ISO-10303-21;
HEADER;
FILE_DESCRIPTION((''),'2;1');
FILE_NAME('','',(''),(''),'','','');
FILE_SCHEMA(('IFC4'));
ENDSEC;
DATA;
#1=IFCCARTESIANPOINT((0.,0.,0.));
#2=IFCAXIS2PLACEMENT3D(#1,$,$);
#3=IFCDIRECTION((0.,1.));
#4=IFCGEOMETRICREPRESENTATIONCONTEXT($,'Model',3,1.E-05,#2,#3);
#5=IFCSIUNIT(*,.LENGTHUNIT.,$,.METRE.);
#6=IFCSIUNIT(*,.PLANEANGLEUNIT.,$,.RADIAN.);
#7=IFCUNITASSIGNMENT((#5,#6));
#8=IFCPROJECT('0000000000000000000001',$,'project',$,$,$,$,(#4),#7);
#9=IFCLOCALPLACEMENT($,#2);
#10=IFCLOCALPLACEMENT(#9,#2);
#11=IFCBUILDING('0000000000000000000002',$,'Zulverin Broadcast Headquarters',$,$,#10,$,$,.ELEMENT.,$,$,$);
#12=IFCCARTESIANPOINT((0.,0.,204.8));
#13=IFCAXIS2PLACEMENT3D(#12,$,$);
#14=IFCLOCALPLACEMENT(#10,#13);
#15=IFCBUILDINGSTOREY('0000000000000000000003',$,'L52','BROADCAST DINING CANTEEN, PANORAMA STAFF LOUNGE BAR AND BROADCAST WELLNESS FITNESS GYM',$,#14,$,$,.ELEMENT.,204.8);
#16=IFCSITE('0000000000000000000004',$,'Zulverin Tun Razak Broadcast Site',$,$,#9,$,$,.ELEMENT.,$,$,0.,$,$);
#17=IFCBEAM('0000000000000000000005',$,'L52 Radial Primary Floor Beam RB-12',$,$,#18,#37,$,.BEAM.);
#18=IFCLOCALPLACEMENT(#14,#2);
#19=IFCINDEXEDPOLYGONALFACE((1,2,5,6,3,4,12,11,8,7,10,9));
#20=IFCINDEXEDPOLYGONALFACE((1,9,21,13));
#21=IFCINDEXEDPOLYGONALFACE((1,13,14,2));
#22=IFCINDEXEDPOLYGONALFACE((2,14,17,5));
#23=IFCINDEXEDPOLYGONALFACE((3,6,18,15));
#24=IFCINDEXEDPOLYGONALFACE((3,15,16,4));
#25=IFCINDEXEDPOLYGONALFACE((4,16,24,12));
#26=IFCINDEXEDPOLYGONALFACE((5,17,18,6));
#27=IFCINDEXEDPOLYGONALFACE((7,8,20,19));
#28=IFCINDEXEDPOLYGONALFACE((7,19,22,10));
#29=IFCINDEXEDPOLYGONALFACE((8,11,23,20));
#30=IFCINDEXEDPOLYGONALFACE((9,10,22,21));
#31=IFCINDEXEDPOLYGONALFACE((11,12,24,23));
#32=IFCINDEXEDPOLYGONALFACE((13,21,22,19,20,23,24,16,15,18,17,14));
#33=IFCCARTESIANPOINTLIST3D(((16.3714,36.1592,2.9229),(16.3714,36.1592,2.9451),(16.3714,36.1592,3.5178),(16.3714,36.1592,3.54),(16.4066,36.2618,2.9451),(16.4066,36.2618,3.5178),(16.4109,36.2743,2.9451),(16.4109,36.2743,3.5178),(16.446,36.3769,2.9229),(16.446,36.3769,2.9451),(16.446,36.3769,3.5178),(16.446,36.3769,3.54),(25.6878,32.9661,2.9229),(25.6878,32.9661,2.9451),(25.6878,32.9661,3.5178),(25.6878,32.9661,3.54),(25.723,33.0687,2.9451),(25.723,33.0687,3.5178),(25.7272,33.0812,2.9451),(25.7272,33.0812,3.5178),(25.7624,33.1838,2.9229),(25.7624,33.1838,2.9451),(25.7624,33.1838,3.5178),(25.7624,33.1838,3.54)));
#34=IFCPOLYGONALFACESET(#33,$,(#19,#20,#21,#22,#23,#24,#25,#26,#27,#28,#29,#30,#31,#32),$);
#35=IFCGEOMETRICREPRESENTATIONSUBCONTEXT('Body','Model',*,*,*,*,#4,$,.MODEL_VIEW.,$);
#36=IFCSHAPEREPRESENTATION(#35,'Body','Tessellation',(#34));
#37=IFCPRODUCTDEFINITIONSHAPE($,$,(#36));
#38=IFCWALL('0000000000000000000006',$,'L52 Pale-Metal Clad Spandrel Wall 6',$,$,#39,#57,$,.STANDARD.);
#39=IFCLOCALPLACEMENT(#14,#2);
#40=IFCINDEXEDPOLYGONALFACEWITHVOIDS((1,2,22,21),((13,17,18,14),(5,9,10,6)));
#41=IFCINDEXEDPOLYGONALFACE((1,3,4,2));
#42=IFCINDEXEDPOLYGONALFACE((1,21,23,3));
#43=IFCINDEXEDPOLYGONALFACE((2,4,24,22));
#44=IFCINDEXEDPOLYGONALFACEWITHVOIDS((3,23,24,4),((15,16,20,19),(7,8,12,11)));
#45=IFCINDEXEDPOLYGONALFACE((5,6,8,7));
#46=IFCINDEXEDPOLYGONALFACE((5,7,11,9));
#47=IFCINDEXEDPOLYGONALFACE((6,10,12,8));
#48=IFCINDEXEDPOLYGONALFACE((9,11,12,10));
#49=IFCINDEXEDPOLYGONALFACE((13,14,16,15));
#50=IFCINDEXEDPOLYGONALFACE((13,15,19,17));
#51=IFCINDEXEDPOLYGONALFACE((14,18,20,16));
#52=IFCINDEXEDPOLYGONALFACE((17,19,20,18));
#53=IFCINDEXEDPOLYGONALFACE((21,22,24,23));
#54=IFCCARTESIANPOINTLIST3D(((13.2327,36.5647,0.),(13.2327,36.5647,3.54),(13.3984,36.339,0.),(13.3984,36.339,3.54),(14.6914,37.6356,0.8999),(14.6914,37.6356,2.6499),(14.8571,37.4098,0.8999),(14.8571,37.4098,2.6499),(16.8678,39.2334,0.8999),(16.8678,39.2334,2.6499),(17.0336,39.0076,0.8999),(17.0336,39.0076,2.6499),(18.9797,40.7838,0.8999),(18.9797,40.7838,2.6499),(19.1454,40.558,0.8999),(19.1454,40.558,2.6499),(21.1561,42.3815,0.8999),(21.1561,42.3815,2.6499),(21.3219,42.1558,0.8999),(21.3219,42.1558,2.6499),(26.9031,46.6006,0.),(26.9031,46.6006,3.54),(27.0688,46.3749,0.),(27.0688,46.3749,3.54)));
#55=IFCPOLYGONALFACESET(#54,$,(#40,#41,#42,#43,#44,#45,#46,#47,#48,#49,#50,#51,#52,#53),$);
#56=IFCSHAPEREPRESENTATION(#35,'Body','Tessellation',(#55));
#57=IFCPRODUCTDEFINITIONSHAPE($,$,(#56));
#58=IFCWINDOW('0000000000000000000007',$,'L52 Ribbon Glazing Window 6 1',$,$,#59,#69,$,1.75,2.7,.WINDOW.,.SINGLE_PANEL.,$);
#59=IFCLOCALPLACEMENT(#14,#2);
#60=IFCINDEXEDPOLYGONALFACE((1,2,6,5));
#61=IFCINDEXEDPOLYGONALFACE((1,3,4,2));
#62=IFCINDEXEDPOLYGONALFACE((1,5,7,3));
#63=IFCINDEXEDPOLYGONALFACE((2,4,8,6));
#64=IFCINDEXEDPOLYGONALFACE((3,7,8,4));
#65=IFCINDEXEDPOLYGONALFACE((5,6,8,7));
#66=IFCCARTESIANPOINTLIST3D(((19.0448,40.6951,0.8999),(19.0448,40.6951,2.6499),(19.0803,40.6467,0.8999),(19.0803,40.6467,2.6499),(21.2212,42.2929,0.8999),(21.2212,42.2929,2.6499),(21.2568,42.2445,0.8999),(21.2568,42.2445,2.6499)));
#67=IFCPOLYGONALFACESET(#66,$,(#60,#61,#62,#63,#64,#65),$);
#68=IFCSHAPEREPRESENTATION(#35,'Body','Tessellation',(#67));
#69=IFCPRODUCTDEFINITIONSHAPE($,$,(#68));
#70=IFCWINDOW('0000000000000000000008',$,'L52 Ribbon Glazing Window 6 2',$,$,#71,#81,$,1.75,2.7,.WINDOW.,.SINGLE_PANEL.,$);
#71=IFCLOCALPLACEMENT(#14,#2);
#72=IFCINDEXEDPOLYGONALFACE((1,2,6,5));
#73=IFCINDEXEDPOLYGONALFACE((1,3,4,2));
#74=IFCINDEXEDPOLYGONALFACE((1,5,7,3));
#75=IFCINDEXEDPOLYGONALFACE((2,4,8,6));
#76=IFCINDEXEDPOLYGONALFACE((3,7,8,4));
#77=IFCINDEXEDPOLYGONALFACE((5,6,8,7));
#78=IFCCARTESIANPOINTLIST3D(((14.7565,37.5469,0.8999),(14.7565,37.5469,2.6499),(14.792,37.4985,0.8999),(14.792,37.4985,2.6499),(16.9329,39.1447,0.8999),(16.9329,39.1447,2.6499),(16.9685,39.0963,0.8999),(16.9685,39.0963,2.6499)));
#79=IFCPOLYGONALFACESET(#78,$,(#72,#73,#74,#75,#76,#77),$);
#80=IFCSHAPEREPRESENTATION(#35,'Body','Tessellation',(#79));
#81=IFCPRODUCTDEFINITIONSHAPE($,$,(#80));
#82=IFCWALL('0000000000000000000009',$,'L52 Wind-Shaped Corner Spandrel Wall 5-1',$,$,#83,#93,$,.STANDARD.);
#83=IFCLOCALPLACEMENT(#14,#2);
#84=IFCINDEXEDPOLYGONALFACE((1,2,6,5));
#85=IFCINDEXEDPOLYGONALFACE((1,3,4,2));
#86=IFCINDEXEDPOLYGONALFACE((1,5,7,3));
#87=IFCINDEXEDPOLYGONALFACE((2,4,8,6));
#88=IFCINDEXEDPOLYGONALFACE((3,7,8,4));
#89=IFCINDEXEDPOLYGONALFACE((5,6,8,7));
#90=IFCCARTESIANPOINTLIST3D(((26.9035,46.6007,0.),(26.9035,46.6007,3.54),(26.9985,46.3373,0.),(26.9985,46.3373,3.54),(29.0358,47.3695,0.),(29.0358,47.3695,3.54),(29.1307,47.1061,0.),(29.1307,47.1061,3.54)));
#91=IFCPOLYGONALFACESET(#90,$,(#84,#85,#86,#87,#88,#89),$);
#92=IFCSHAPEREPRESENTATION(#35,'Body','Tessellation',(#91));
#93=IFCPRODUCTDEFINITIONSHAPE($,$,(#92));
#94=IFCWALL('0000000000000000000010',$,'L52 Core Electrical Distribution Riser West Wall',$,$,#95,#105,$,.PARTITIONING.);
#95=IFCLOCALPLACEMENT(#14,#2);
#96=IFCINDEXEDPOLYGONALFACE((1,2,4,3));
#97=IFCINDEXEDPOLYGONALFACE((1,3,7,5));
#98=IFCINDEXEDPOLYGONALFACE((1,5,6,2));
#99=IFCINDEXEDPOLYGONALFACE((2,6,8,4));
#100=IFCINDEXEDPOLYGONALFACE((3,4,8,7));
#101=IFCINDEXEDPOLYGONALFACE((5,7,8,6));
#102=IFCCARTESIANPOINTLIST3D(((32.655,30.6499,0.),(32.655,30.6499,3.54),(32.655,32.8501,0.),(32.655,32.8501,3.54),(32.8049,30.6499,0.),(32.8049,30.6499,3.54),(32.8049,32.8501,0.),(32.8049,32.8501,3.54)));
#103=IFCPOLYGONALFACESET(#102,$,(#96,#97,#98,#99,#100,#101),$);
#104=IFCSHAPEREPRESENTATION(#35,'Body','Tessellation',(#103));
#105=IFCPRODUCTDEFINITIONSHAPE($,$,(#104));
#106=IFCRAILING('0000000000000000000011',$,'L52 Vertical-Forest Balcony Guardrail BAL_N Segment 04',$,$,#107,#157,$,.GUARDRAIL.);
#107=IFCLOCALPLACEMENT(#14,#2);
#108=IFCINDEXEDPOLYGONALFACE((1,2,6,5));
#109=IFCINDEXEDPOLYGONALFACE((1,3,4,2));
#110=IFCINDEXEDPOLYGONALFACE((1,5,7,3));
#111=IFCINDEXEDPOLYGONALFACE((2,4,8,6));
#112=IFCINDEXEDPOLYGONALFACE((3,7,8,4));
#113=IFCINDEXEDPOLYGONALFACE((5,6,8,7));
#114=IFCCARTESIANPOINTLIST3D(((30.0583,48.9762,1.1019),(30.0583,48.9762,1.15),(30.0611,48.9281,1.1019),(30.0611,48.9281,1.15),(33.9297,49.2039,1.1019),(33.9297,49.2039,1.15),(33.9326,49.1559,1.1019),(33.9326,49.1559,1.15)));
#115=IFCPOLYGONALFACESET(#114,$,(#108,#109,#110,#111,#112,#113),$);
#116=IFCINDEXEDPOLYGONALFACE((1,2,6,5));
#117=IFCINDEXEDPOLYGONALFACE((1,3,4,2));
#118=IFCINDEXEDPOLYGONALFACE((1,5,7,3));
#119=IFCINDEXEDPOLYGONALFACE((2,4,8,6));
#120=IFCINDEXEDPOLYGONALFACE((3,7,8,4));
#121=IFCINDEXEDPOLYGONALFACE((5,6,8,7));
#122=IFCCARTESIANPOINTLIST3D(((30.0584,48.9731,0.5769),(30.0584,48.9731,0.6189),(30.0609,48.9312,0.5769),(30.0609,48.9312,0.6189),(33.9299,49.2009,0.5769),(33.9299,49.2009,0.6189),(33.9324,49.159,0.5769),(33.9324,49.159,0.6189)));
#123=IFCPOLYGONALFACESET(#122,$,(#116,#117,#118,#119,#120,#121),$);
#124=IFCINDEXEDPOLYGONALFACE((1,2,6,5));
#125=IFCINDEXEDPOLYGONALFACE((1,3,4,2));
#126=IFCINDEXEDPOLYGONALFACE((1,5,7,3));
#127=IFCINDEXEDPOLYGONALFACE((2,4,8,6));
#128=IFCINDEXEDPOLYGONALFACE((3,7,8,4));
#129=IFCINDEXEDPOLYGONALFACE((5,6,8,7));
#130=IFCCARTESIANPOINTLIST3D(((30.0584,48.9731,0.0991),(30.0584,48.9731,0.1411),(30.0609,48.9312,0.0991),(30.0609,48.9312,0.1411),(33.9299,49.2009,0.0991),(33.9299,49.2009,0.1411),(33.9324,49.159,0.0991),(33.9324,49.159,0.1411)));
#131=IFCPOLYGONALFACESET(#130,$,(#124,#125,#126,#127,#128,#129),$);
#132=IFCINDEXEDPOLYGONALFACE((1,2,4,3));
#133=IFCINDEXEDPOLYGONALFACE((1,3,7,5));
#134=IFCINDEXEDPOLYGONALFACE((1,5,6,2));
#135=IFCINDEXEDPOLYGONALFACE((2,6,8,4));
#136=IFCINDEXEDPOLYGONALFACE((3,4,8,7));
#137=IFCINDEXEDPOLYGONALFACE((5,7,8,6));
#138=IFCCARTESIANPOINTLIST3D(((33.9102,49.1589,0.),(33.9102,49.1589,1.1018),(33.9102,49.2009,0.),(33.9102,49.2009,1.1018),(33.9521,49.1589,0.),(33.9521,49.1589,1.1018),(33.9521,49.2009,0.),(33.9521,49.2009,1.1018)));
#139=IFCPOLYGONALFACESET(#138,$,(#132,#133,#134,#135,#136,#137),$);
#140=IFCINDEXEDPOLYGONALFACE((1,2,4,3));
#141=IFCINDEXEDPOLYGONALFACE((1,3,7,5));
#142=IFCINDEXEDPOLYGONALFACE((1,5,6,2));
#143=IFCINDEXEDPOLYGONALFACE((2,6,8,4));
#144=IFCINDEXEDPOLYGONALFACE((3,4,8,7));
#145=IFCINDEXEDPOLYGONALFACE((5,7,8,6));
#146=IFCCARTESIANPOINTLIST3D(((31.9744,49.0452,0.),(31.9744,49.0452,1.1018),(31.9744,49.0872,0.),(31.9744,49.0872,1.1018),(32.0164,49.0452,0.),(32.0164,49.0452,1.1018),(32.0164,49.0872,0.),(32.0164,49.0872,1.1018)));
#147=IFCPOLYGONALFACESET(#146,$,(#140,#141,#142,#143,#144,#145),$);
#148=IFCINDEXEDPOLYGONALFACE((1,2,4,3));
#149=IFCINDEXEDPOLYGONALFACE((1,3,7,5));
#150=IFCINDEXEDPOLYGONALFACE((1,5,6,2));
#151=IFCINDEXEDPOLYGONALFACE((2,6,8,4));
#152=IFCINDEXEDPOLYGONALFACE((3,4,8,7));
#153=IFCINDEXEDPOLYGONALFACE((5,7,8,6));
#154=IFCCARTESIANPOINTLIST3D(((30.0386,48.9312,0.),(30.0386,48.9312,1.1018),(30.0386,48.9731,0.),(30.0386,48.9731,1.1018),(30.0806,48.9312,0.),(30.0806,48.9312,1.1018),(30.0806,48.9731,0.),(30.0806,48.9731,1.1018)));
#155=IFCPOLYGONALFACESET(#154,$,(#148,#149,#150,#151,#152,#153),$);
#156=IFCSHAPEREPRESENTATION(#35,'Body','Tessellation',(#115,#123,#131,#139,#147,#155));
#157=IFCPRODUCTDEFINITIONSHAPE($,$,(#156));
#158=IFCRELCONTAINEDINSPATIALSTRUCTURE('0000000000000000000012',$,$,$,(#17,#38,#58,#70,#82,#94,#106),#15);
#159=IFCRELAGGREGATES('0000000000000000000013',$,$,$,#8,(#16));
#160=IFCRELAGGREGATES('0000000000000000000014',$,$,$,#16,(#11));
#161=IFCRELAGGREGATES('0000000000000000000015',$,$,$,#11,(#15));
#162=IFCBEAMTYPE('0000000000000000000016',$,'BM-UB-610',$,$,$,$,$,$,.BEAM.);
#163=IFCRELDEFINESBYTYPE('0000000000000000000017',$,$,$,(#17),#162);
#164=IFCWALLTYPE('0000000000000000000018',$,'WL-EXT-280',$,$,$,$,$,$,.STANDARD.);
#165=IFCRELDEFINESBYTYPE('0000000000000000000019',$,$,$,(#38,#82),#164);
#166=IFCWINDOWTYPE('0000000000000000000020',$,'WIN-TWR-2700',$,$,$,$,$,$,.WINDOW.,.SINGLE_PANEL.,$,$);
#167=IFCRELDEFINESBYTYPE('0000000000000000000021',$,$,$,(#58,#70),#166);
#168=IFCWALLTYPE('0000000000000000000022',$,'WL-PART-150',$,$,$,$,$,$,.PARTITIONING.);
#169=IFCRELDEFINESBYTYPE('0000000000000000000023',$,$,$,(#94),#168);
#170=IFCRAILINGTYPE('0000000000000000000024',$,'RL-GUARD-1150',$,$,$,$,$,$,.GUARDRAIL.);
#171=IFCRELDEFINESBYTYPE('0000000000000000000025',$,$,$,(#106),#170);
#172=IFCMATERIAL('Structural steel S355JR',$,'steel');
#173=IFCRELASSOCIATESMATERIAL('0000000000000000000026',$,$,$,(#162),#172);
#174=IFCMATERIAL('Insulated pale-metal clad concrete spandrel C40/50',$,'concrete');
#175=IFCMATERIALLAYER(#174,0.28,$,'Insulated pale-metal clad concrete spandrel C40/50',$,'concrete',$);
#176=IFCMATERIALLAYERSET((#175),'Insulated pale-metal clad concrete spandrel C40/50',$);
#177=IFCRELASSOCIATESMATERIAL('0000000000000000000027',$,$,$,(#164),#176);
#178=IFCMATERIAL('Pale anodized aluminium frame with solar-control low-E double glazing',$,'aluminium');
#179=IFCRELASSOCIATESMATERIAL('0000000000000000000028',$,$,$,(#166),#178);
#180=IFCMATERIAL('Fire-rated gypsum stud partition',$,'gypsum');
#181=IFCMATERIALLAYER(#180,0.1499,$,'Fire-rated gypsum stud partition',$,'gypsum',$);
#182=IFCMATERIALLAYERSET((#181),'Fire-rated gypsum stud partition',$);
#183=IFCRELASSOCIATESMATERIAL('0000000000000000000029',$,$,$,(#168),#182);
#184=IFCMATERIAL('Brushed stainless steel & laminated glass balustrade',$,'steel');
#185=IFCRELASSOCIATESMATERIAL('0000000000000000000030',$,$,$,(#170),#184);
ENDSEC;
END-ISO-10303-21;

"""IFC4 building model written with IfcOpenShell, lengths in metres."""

from ifc_helpers import new_model, si_unit, direction, frame, frame_2d, origin, origin_2d, place, context, subcontext, project, spatial, rectangle, i_section, extrude, material, layer, layer_set, material_profile, profile_set, type_object, element, fill, save


model = new_model("IFC4")

# Units and contexts
model_context = context("Model", 3, precision=1e-05, world=origin(), true_north=direction((0.0, 1.0)))
body_context = subcontext(model_context, "Body", "Model", "MODEL_VIEW")
ifc_project = project(units=[si_unit("LENGTHUNIT", "METRE"), si_unit("PLANEANGLEUNIT", "RADIAN")], contexts=[model_context])

# Site, building, storey
site_placement = place(None, origin())
site = spatial("IfcSite", under=ifc_project, at=site_placement, Name="Zulverin Tun Razak Broadcast Site", CompositionType="ELEMENT", RefElevation=0.0)
building_placement = place(site_placement, origin())
building = spatial("IfcBuilding", under=site, at=building_placement, Name="Zulverin Broadcast Headquarters", CompositionType="ELEMENT")
storey_placement = place(building_placement, frame((0.0, 0.0, 204.8)))
storey = spatial("IfcBuildingStorey", under=building, at=storey_placement, Name="L52", Description="BROADCAST DINING CANTEEN, PANORAMA STAFF LOUNGE BAR AND BROADCAST WELLNESS FITNESS GYM", CompositionType="ELEMENT", Elevation=204.8)

# Beam
ifc_material_1 = material(Name="Structural steel S355JR", Category="steel")
ifc_material_profile_1 = material_profile(ifc_material_1, i_section(OverallWidth=0.2302, OverallDepth=0.6172, WebThickness=0.0132, FlangeThickness=0.0222, at=origin_2d()), Name="Structural steel S355JR", Category="steel")
ifc_profile_set_1 = profile_set([ifc_material_profile_1], Name="Structural steel S355JR")
beam_type_1 = type_object("IfcBeamType", Name="BM-UB-610", PredefinedType="BEAM", material=ifc_profile_set_1)
beam_1_placement = place(storey_placement, frame((25.7251, 33.075, 3.2314), z_axis=(-0.94598, 0.324226, 0.0), x_axis=(-0.324226, -0.94598, 0.0)))
element("IfcBeam", 1, at=beam_1_placement, inside=storey, type_object=beam_type_1, Name="L52 Radial Primary Floor Beam RB-12", PredefinedType="BEAM", context=body_context, shape_type="SweptSolid", body=[
    extrude(i_section(OverallWidth=0.2302, OverallDepth=0.6172, WebThickness=0.0132, FlangeThickness=0.0222, at=origin_2d()), origin(), (0.0, 0.0, 1.0), 9.8484),
])

# Wall, openings, windows
ifc_material_2 = material(Name="Insulated pale-metal clad concrete spandrel C40/50", Category="concrete")
ifc_layer_1 = layer(ifc_material_2, 0.28, Name="Insulated pale-metal clad concrete spandrel C40/50", Category="concrete")
ifc_layer_set_1 = layer_set([ifc_layer_1], Name="Insulated pale-metal clad concrete spandrel C40/50")
wall_type_1 = type_object("IfcWallType", Name="WL-EXT-280", PredefinedType="STANDARD", material=ifc_layer_set_1)
wall_1_placement = place(storey_placement, frame((26.9861, 46.4878, 0.0), z_axis=(0.0, 0.0, 1.0), x_axis=(-0.806098, -0.591782, 0.0)))
wall_1 = element("IfcWall", 2, at=wall_1_placement, inside=storey, type_object=wall_type_1, Name="L52 Pale-Metal Clad Spandrel Wall 6", PredefinedType="STANDARD", context=body_context, shape_type="SweptSolid", body=[
    extrude(rectangle(XDim=16.9587, YDim=0.28, at=frame_2d((8.4795, 0.0))), origin(), (0.0, 0.0, 1.0), 3.54),
])
opening_1_placement = place(wall_1_placement, frame((7.1294, 0.0, 0.8999)))
opening_1 = element("IfcOpeningElement", 3, at=opening_1_placement, cuts=wall_1, PredefinedType="OPENING", context=body_context, shape_type="SweptSolid", body=[
    extrude(rectangle(XDim=2.7, YDim=1.75, at=frame_2d((1.3501, 0.875))), frame((0.0, 0.1499, 0.0), z_axis=(0.0, -1.0, 0.0), x_axis=(1.0, 0.0, 0.0)), (0.0, 0.0, 1.0), 0.3),
])
opening_2_placement = place(wall_1_placement, frame((12.4492, 0.0, 0.8999)))
opening_2 = element("IfcOpeningElement", 4, at=opening_2_placement, cuts=wall_1, PredefinedType="OPENING", context=body_context, shape_type="SweptSolid", body=[
    extrude(rectangle(XDim=2.7, YDim=1.75, at=frame_2d((1.3501, 0.875))), frame((0.0, 0.1499, 0.0), z_axis=(0.0, -1.0, 0.0), x_axis=(1.0, 0.0, 0.0)), (0.0, 0.0, 1.0), 0.3),
])
ifc_material_3 = material(Name="Pale anodized aluminium frame with solar-control low-E double glazing", Category="aluminium")
window_type = type_object("IfcWindowType", Name="WIN-TWR-2700", PartitioningType="SINGLE_PANEL", PredefinedType="WINDOW", material=ifc_material_3)
window_1_placement = place(opening_1_placement, origin())
window_1 = element("IfcWindow", 5, at=window_1_placement, inside=storey, type_object=window_type, Name="L52 Ribbon Glazing Window 6 1", OverallHeight=1.75, OverallWidth=2.7, PartitioningType="SINGLE_PANEL", PredefinedType="WINDOW", context=body_context, shape_type="SweptSolid", body=[
    extrude(rectangle(XDim=2.7, YDim=1.75, at=frame_2d((1.3501, 0.875))), frame((0.0, 0.03, 0.0), z_axis=(0.0, -1.0, 0.0), x_axis=(1.0, 0.0, 0.0)), (0.0, 0.0, 1.0), 0.0601),
])
fill(opening_1, window_1)
window_2_placement = place(opening_2_placement, origin())
window_2 = element("IfcWindow", 6, at=window_2_placement, inside=storey, type_object=window_type, Name="L52 Ribbon Glazing Window 6 2", OverallHeight=1.75, OverallWidth=2.7, PartitioningType="SINGLE_PANEL", PredefinedType="WINDOW", context=body_context, shape_type="SweptSolid", body=[
    extrude(rectangle(XDim=2.7, YDim=1.75, at=frame_2d((1.3501, 0.875))), frame((0.0, 0.03, 0.0), z_axis=(0.0, -1.0, 0.0), x_axis=(1.0, 0.0, 0.0)), (0.0, 0.0, 1.0), 0.0601),
])
fill(opening_2, window_2)

# Walls
wall_2_placement = place(storey_placement, frame((29.0833, 47.2378, 0.0), z_axis=(0.0, 0.0, 1.0), x_axis=(-0.940724, -0.339173, 0.0)))
element("IfcWall", 7, at=wall_2_placement, inside=storey, type_object=wall_type_1, Name="L52 Wind-Shaped Corner Spandrel Wall 5-1", PredefinedType="STANDARD", context=body_context, shape_type="SweptSolid", body=[
    extrude(rectangle(XDim=2.2666, YDim=0.28, at=frame_2d((1.1333, 0.0))), origin(), (0.0, 0.0, 1.0), 3.54),
])
ifc_material_4 = material(Name="Fire-rated gypsum stud partition", Category="gypsum")
ifc_layer_2 = layer(ifc_material_4, 0.1499, Name="Fire-rated gypsum stud partition", Category="gypsum")
ifc_layer_set_2 = layer_set([ifc_layer_2], Name="Fire-rated gypsum stud partition")
wall_type_2 = type_object("IfcWallType", Name="WL-PART-150", PredefinedType="PARTITIONING", material=ifc_layer_set_2)
wall_3_placement = place(storey_placement, frame((32.73, 30.6499, 0.0), z_axis=(0.0, 0.0, 1.0), x_axis=(0.0, 1.0, 0.0)))
element("IfcWall", 8, at=wall_3_placement, inside=storey, type_object=wall_type_2, Name="L52 Core Electrical Distribution Riser West Wall", PredefinedType="PARTITIONING", context=body_context, shape_type="SweptSolid", body=[
    extrude(rectangle(XDim=2.2002, YDim=0.1499, at=frame_2d((1.1001, 0.0))), origin(), (0.0, 0.0, 1.0), 3.54),
])

# Railing
ifc_material_5 = material(Name="Brushed stainless steel & laminated glass balustrade", Category="steel")
railing_type = type_object("IfcRailingType", Name="RL-GUARD-1150", PredefinedType="GUARDRAIL", material=ifc_material_5)
railing_1_placement = place(storey_placement, frame((33.9312, 49.1799, 0.0)))
element("IfcRailing", 9, at=railing_1_placement, inside=storey, type_object=railing_type, Name="L52 Vertical-Forest Balcony Guardrail BAL_N Segment 04", PredefinedType="GUARDRAIL", context=body_context, shape_type="SweptSolid", body=[
    extrude(rectangle(XDim=0.0481, YDim=0.0481, at=origin_2d()), frame((0.0, 0.0, 1.126), z_axis=(-0.998274, -0.058733, 0.0), x_axis=(0.058733, -0.998274, 0.0)), (0.0, 0.0, 1.0), 3.8782),
    extrude(rectangle(XDim=0.042, YDim=0.042, at=origin_2d()), frame((0.0, 0.0, 0.5979), z_axis=(-0.998274, -0.058733, 0.0), x_axis=(0.058733, -0.998274, 0.0)), (0.0, 0.0, 1.0), 3.8782),
    extrude(rectangle(XDim=0.042, YDim=0.042, at=origin_2d()), frame((0.0, 0.0, 0.1201), z_axis=(-0.998274, -0.058733, 0.0), x_axis=(0.058733, -0.998274, 0.0)), (0.0, 0.0, 1.0), 3.8782),
    extrude(rectangle(XDim=0.042, YDim=0.042, at=origin_2d()), origin(), (0.0, 0.0, 1.0), 1.1018),
    extrude(rectangle(XDim=0.042, YDim=0.042, at=origin_2d()), frame((-1.9358, -0.1138, 0.0)), (0.0, 0.0, 1.0), 1.1018),
    extrude(rectangle(XDim=0.042, YDim=0.042, at=origin_2d()), frame((-3.8716, -0.2278, 0.0)), (0.0, 0.0, 1.0), 1.1018),
])

save(model, "model.ifc")
